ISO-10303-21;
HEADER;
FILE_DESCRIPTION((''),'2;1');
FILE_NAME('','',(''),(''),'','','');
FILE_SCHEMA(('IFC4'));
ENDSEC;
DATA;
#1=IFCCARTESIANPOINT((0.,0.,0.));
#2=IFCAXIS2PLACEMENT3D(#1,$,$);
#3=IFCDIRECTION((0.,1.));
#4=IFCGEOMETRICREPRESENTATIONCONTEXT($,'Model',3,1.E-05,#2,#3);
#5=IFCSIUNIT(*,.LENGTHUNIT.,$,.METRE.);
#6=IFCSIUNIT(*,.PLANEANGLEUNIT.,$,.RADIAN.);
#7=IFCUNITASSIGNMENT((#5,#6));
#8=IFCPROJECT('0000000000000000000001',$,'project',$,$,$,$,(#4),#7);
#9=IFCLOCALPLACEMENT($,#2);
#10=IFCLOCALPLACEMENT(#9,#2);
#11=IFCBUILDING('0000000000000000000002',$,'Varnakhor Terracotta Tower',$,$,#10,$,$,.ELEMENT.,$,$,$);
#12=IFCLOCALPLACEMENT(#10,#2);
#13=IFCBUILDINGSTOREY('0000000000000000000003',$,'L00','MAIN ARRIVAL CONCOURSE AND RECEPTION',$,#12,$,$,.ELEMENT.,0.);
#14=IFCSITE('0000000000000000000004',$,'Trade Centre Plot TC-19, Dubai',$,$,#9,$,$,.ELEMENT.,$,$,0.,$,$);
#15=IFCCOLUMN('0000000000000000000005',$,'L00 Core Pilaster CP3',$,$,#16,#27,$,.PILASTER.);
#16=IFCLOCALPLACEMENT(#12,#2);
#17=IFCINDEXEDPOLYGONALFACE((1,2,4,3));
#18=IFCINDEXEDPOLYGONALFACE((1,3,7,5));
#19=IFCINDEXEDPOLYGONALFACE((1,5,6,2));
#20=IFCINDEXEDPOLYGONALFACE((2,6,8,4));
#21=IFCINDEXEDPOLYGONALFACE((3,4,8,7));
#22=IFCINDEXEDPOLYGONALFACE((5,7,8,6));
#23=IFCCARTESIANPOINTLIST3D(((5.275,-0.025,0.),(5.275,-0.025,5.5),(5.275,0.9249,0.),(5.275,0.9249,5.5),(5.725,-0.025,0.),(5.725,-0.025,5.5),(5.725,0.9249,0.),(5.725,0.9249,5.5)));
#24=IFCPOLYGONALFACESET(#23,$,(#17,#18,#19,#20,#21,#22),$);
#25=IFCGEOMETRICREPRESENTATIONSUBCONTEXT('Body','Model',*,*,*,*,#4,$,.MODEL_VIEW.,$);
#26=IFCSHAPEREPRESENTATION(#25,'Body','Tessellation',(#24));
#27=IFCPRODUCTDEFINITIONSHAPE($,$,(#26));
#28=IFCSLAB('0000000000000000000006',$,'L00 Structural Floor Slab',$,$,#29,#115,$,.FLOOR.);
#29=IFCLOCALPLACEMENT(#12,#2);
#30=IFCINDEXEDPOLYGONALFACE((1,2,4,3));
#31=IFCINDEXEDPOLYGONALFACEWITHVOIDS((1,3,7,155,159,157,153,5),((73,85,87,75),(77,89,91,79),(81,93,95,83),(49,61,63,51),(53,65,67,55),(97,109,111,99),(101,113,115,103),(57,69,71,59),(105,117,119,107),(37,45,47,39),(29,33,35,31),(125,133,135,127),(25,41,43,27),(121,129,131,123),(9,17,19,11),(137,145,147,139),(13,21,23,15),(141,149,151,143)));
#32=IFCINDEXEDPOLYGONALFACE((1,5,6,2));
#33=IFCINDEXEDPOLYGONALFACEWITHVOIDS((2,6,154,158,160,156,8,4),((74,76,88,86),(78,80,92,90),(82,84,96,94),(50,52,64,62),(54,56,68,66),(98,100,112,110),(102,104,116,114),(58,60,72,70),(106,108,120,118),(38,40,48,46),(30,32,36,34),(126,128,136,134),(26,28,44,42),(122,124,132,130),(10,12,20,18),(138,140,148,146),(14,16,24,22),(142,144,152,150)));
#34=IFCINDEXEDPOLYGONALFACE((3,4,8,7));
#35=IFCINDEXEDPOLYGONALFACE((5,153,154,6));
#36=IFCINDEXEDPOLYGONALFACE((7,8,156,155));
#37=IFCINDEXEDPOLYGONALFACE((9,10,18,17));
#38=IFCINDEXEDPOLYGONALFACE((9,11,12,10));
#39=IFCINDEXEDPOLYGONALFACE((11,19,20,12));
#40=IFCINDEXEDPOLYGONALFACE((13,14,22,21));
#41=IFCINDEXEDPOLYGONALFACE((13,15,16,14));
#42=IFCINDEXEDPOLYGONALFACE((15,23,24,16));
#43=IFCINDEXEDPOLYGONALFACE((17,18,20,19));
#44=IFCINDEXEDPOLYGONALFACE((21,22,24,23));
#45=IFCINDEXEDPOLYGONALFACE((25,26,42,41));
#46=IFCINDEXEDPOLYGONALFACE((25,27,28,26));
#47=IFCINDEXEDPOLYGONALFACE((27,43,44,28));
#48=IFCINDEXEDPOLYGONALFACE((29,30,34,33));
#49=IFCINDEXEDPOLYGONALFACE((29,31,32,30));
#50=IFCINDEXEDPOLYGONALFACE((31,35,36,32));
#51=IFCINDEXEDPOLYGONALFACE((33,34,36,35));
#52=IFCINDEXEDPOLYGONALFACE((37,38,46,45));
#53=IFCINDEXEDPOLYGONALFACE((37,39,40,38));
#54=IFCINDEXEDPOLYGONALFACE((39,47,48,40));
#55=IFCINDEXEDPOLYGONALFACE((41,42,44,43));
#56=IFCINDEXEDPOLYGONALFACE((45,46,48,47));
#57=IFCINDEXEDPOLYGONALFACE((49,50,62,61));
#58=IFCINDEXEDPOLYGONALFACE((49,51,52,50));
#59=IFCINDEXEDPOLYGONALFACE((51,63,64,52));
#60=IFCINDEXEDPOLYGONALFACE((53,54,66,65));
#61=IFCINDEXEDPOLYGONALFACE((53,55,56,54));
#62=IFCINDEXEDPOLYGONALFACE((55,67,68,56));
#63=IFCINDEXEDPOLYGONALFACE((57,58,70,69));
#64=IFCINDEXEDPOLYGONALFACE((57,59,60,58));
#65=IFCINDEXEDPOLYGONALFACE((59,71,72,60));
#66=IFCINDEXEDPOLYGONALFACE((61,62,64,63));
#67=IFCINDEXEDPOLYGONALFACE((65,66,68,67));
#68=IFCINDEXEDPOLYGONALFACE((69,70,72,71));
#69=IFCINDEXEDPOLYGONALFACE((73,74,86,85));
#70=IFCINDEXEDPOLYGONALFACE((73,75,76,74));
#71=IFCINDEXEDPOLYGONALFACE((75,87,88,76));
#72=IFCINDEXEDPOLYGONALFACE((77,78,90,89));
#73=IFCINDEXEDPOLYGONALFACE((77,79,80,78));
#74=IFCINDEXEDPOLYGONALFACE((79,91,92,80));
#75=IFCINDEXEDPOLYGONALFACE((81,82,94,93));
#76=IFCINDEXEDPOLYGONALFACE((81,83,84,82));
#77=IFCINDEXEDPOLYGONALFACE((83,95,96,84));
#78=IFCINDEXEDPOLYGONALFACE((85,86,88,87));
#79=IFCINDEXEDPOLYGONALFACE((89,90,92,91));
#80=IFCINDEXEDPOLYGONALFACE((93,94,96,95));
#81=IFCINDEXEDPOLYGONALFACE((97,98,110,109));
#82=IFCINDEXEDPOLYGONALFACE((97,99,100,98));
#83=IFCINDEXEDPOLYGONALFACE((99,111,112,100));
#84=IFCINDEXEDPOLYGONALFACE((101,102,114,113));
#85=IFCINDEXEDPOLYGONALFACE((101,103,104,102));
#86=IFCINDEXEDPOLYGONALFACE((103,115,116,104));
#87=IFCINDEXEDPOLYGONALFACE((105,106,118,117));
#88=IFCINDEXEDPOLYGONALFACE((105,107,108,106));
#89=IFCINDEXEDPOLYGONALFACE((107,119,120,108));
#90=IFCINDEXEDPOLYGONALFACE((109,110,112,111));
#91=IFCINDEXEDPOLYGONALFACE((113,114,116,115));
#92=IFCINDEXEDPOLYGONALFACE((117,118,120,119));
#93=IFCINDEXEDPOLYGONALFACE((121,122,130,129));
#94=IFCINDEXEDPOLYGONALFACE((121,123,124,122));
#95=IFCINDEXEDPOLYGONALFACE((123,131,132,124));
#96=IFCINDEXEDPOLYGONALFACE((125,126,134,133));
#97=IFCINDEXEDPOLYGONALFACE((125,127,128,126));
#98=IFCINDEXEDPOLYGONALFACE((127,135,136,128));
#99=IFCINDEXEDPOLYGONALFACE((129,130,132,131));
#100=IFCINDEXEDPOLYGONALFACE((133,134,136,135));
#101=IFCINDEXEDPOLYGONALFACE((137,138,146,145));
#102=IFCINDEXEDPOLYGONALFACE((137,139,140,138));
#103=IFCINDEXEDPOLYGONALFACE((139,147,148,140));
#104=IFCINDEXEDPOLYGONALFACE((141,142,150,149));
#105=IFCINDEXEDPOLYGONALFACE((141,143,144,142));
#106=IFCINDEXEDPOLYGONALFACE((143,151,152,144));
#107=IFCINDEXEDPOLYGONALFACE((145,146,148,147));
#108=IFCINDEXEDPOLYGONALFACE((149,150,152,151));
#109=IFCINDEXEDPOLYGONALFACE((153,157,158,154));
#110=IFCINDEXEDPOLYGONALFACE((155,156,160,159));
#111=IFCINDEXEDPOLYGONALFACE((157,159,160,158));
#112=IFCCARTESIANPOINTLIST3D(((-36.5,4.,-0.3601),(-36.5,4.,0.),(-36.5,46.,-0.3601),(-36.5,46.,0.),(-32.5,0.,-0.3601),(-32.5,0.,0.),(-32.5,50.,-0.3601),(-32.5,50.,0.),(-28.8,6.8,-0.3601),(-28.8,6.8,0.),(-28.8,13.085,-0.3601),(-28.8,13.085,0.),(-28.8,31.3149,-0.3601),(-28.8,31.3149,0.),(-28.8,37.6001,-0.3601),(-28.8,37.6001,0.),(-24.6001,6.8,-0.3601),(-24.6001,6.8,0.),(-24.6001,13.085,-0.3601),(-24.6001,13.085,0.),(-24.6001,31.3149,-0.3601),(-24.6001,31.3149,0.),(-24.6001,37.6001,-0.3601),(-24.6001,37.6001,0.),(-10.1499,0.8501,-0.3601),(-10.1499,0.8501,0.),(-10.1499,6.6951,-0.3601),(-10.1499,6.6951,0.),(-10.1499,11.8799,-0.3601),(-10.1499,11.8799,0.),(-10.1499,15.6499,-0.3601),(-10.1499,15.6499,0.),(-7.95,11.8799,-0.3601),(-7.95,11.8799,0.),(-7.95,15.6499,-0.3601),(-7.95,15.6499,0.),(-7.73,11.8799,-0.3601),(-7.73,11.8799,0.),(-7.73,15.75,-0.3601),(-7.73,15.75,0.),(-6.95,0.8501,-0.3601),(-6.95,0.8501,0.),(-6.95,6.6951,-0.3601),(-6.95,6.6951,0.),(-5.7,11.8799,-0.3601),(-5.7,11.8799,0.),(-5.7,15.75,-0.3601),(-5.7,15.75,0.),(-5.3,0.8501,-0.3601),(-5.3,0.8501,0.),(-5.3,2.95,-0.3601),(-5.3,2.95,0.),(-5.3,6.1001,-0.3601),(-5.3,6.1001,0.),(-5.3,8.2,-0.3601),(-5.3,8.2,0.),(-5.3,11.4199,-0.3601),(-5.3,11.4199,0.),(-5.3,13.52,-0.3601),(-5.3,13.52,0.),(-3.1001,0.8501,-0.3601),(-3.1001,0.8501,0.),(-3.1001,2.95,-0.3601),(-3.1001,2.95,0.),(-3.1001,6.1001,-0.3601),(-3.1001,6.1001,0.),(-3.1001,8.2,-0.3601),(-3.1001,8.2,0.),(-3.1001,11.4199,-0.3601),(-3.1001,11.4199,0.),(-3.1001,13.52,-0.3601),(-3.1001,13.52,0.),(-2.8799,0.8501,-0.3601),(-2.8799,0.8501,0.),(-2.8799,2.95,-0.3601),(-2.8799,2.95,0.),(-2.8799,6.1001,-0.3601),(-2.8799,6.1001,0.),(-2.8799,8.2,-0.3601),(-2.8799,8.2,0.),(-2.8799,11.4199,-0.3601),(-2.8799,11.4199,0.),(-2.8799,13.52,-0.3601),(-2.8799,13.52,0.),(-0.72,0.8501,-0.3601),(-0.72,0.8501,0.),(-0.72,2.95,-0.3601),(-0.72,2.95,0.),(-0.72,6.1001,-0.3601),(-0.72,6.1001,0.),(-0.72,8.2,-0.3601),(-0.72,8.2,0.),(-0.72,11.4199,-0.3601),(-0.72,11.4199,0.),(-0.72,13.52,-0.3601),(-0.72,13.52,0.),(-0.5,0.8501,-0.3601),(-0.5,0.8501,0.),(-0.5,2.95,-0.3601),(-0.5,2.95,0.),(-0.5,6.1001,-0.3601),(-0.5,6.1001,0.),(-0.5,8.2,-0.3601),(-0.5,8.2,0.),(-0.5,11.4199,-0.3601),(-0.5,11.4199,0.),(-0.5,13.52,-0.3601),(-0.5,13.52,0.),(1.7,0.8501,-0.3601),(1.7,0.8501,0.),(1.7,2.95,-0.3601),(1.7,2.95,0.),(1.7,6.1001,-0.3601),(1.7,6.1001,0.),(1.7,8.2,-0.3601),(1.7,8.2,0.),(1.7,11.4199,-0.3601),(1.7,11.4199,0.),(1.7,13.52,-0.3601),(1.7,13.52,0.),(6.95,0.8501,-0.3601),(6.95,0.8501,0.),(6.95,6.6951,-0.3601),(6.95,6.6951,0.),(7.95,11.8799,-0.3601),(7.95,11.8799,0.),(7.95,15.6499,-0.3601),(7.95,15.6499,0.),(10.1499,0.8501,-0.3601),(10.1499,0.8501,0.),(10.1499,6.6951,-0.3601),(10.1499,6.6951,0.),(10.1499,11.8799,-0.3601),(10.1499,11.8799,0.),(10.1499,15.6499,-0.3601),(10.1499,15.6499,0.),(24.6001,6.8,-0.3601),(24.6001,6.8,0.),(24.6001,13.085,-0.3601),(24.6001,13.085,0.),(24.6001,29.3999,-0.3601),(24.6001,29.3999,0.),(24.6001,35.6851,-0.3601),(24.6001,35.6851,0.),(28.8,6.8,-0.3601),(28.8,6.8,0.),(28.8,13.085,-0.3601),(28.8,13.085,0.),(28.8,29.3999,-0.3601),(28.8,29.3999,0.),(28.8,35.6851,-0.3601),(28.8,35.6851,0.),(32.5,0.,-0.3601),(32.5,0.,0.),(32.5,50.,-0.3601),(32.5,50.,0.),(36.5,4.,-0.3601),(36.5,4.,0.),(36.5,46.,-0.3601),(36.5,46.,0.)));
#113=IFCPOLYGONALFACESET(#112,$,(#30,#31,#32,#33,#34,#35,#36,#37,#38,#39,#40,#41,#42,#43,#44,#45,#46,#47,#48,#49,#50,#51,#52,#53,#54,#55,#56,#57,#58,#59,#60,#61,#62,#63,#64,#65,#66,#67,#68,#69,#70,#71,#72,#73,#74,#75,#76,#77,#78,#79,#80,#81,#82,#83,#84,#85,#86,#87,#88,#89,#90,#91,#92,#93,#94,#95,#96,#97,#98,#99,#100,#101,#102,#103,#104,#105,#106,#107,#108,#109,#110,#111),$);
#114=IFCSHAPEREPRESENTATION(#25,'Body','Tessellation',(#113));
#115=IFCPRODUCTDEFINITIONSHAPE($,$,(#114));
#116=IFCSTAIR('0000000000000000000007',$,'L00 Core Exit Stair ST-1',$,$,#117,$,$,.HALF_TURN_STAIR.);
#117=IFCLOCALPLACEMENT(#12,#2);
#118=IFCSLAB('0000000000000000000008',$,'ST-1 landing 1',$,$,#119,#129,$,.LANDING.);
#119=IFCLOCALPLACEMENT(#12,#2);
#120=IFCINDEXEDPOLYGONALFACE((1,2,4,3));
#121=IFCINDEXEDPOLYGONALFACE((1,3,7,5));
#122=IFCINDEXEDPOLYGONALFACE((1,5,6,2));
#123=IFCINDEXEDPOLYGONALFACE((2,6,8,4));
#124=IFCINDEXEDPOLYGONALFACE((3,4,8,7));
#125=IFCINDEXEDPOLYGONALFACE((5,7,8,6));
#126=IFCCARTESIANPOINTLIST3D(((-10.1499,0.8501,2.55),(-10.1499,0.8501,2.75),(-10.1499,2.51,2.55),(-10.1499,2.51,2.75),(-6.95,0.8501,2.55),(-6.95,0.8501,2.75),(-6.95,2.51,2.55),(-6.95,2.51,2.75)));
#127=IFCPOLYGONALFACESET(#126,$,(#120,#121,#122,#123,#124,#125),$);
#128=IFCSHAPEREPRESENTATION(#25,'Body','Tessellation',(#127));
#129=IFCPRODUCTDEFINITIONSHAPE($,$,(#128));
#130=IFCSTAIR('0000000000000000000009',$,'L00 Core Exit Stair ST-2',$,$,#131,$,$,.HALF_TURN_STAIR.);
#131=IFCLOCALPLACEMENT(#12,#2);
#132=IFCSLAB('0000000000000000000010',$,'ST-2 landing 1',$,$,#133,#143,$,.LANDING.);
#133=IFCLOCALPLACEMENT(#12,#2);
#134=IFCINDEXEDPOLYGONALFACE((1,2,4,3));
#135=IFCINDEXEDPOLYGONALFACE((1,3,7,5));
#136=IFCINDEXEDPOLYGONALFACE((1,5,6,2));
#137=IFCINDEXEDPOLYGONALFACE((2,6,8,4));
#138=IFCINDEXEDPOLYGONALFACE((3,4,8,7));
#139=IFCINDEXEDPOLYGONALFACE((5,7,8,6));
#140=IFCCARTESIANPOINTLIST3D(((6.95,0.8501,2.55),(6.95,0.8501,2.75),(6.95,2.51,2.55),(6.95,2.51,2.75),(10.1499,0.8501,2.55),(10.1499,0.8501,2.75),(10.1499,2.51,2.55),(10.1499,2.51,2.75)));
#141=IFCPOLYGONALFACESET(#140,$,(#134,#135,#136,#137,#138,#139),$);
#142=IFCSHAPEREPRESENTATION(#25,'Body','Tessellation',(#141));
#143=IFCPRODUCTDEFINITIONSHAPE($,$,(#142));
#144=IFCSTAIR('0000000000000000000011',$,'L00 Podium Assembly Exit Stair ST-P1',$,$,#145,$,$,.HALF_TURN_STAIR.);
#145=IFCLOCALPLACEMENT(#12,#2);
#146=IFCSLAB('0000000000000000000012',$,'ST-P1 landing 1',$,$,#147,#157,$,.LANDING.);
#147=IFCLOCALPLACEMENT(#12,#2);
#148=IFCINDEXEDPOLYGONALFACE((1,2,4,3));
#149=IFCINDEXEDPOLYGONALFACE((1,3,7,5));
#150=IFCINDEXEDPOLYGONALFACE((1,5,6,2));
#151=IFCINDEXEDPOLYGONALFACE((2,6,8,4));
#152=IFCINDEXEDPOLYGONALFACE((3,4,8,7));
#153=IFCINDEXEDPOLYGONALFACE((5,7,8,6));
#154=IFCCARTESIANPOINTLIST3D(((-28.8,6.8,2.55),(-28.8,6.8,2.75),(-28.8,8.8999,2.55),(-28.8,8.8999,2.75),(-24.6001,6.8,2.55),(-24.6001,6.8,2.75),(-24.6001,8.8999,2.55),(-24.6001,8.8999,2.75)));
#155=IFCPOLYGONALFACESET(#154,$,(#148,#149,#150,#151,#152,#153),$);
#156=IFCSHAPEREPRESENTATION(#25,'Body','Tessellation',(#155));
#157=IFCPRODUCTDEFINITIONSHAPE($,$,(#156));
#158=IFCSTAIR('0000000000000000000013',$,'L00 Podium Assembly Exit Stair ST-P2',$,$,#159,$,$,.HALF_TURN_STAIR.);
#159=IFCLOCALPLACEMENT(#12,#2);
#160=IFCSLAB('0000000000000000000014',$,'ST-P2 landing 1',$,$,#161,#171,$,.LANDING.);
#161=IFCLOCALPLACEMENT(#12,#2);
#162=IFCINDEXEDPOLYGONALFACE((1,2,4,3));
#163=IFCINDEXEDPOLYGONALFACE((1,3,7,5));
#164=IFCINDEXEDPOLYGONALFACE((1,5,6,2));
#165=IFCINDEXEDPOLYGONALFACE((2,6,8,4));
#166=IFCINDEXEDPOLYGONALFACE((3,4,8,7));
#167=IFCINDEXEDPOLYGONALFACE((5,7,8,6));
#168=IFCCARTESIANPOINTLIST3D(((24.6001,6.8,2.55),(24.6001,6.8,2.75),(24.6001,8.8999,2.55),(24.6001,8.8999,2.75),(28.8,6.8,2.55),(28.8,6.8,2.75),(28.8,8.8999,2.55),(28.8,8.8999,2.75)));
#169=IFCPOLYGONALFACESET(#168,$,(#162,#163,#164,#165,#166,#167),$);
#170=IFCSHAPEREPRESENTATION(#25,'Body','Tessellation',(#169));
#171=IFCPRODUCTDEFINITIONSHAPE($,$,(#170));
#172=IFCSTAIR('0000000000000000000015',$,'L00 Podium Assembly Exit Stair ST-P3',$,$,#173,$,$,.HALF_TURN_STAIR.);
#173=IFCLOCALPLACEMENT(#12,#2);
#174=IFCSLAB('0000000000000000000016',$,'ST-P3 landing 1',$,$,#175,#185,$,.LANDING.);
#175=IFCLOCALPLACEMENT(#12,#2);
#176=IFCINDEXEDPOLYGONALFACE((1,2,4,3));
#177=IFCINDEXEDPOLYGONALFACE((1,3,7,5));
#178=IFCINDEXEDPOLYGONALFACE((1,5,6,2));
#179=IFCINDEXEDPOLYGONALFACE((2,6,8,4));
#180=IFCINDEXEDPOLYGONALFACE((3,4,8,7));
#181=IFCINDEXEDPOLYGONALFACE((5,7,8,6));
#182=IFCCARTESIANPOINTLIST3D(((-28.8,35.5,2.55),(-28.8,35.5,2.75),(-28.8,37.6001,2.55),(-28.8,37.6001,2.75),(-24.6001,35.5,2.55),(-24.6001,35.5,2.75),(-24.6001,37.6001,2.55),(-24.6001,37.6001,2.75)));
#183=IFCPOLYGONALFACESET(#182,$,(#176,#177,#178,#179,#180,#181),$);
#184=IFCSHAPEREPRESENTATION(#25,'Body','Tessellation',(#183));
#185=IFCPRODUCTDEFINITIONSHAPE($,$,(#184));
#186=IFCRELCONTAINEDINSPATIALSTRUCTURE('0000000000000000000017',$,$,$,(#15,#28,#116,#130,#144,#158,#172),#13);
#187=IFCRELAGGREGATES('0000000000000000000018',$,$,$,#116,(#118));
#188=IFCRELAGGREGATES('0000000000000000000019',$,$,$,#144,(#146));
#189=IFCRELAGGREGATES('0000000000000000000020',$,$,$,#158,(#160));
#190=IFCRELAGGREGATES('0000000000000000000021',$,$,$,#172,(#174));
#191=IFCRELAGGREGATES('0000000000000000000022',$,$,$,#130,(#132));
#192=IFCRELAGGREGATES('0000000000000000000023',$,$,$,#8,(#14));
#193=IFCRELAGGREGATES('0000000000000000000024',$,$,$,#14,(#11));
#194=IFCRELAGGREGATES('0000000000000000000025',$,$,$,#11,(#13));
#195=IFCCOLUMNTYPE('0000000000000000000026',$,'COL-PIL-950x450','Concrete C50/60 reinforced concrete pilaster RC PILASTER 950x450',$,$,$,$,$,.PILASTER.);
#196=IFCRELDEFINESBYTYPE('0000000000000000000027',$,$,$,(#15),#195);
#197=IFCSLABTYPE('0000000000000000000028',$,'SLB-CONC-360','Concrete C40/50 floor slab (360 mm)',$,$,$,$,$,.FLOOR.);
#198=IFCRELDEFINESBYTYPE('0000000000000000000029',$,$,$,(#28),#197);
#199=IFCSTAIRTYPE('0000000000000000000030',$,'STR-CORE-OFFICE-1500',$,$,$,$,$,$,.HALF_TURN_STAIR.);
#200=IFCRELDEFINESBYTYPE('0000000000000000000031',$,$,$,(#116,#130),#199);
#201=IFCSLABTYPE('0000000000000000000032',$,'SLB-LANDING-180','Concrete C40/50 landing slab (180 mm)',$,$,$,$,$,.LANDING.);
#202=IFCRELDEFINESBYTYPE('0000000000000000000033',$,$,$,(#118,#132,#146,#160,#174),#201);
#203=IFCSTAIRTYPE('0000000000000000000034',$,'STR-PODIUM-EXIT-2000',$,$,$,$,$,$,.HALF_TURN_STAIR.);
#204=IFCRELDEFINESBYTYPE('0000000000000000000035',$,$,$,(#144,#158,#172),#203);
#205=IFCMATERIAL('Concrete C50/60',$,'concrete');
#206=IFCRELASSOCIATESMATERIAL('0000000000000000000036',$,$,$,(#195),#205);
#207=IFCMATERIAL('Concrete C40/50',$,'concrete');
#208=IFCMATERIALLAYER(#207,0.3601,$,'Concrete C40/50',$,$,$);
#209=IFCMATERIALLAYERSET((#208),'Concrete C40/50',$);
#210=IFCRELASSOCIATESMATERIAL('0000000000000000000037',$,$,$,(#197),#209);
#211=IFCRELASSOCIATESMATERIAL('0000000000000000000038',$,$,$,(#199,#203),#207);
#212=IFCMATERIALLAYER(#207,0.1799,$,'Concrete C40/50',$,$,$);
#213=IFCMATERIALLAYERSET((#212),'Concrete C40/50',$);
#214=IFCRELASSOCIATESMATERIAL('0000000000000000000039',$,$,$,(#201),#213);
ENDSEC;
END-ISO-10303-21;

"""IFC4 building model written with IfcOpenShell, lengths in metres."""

from ifc_helpers import new_model, si_unit, direction, frame, origin, origin_2d, place, context, subcontext, project, spatial, polyline, rectangle, outline, extrude, source, transform, mapped, material, layer, layer_set, material_profile, profile_set, type_object, element, aggregate, save


model = new_model("IFC4")

# Units and contexts
model_context = context("Model", 3, precision=1e-05, world=origin(), true_north=direction((0.0, 1.0)))
body_context = subcontext(model_context, "Body", "Model", "MODEL_VIEW")
ifc_project = project(units=[si_unit("LENGTHUNIT", "METRE"), si_unit("PLANEANGLEUNIT", "RADIAN")], contexts=[model_context])

# Site, building, storey
site_placement = place(None, origin())
site = spatial("IfcSite", under=ifc_project, at=site_placement, Name="Trade Centre Plot TC-19, Dubai", CompositionType="ELEMENT", RefElevation=0.0)
building_placement = place(site_placement, origin())
building = spatial("IfcBuilding", under=site, at=building_placement, Name="Varnakhor Terracotta Tower", CompositionType="ELEMENT")
storey_placement = place(building_placement, origin())
storey = spatial("IfcBuildingStorey", under=building, at=storey_placement, Name="L00", Description="MAIN ARRIVAL CONCOURSE AND RECEPTION", CompositionType="ELEMENT", Elevation=0.0)

# Column
ifc_material_1 = material(Name="Concrete C50/60", Category="concrete")
ifc_material_profile = material_profile(ifc_material_1, rectangle(XDim=0.45, YDim=0.95, at=origin_2d()), Name="RC PILASTER 950x450")
ifc_profile_set = profile_set([ifc_material_profile], Name="Concrete C50/60")
column_type = type_object("IfcColumnType", Name="COL-PIL-950x450", Description="Concrete C50/60 reinforced concrete pilaster RC PILASTER 950x450", PredefinedType="PILASTER", material=ifc_profile_set)
shared_shape_1 = source(origin(), body_context, "Body", "SweptSolid", [
    extrude(rectangle(XDim=0.45, YDim=0.95, at=origin_2d()), origin(), (0.0, 0.0, 1.0), 5.5),
])
column_placement = place(storey_placement, frame((5.5, 0.45, 0.0), z_axis=(0.0, 0.0, 1.0), x_axis=(1.0, 0.0, 0.0)))
element("IfcColumn", 1, at=column_placement, inside=storey, type_object=column_type, Name="L00 Core Pilaster CP3", PredefinedType="PILASTER", context=body_context, shape_type="MappedRepresentation", body=[
    mapped(shared_shape_1, transform((0.0, 0.0, 0.0), scale=1.0)),
])

# Slab
ifc_material_2 = material(Name="Concrete C40/50", Category="concrete")
ifc_layer_1 = layer(ifc_material_2, 0.3601, Name="Concrete C40/50")
ifc_layer_set_1 = layer_set([ifc_layer_1], Name="Concrete C40/50")
slab_type_1 = type_object("IfcSlabType", Name="SLB-CONC-360", Description="Concrete C40/50 floor slab (360 mm)", PredefinedType="FLOOR", material=ifc_layer_set_1)
slab_1_placement = place(storey_placement, frame((0.0, 0.0, -0.3601)))
element("IfcSlab", 2, at=slab_1_placement, inside=storey, type_object=slab_type_1, Name="L00 Structural Floor Slab", PredefinedType="FLOOR", context=body_context, shape_type="SweptSolid", body=[
    extrude(outline(polyline([(-36.5, 4.0), (-36.5, 46.0), (-32.5, 50.0), (32.5, 50.0), (36.5, 46.0), (36.5, 4.0), (32.5, 0.0), (-32.5, 0.0), (-36.5, 4.0)]), holes=[polyline([(-5.3, 0.8501), (-3.1001, 0.8501), (-3.1001, 2.95), (-5.3, 2.95), (-5.3, 0.8501)]), polyline([(-10.1499, 0.8501), (-6.95, 0.8501), (-6.95, 6.6951), (-10.1499, 6.6951), (-10.1499, 0.8501)]), polyline([(-5.3, 6.1001), (-3.1001, 6.1001), (-3.1001, 8.2), (-5.3, 8.2), (-5.3, 6.1001)]), polyline([(-28.8, 6.8), (-24.6001, 6.8), (-24.6001, 13.085), (-28.8, 13.085), (-28.8, 6.8)]), polyline([(-5.3, 11.4199), (-3.1001, 11.4199), (-3.1001, 13.52), (-5.3, 13.52), (-5.3, 11.4199)]), polyline([(-2.8799, 11.4199), (-0.72, 11.4199), (-0.72, 13.52), (-2.8799, 13.52), (-2.8799, 11.4199)]), polyline([(-10.1499, 11.8799), (-7.95, 11.8799), (-7.95, 15.6499), (-10.1499, 15.6499), (-10.1499, 11.8799)]), polyline([(-7.73, 15.75), (-7.73, 11.8799), (-5.7, 11.8799), (-5.7, 15.75), (-7.73, 15.75)]), polyline([(-28.8, 37.6001), (-28.8, 31.3149), (-24.6001, 31.3149), (-24.6001, 37.6001), (-28.8, 37.6001)]), polyline([(-2.8799, 0.8501), (-0.72, 0.8501), (-0.72, 2.95), (-2.8799, 2.95), (-2.8799, 0.8501)]), polyline([(-0.5, 0.8501), (1.7, 0.8501), (1.7, 2.95), (-0.5, 2.95), (-0.5, 0.8501)]), polyline([(6.95, 0.8501), (10.1499, 0.8501), (10.1499, 6.6951), (6.95, 6.6951), (6.95, 0.8501)]), polyline([(-2.8799, 6.1001), (-0.72, 6.1001), (-0.72, 8.2), (-2.8799, 8.2), (-2.8799, 6.1001)]), polyline([(-0.5, 6.1001), (1.7, 6.1001), (1.7, 8.2), (-0.5, 8.2), (-0.5, 6.1001)]), polyline([(24.6001, 6.8), (28.8, 6.8), (28.8, 13.085), (24.6001, 13.085), (24.6001, 6.8)]), polyline([(-0.5, 11.4199), (1.7, 11.4199), (1.7, 13.52), (-0.5, 13.52), (-0.5, 11.4199)]), polyline([(7.95, 15.6499), (7.95, 11.8799), (10.1499, 11.8799), (10.1499, 15.6499), (7.95, 15.6499)]), polyline([(24.6001, 35.6851), (24.6001, 29.3999), (28.8, 29.3999), (28.8, 35.6851), (24.6001, 35.6851)])]), origin(), (0.0, 0.0, 1.0), 0.3601),
])

# Stairs, slabs
stair_type_1 = type_object("IfcStairType", Name="STR-CORE-OFFICE-1500", PredefinedType="HALF_TURN_STAIR", material=ifc_material_2)
stair_1_placement = place(storey_placement, origin())
stair_1 = element("IfcStair", 3, at=stair_1_placement, inside=storey, type_object=stair_type_1, Name="L00 Core Exit Stair ST-1", PredefinedType="HALF_TURN_STAIR")
ifc_layer_2 = layer(ifc_material_2, 0.1799, Name="Concrete C40/50")
ifc_layer_set_2 = layer_set([ifc_layer_2], Name="Concrete C40/50")
slab_type_2 = type_object("IfcSlabType", Name="SLB-LANDING-180", Description="Concrete C40/50 landing slab (180 mm)", PredefinedType="LANDING", material=ifc_layer_set_2)
slab_2_placement = place(storey_placement, frame((0.0, 0.0, 2.55)))
slab_2 = element("IfcSlab", 4, at=slab_2_placement, type_object=slab_type_2, Name="ST-1 landing 1", PredefinedType="LANDING", context=body_context, shape_type="SweptSolid", body=[
    extrude(outline(polyline([(-10.1499, 2.51), (-10.1499, 0.8501), (-6.95, 0.8501), (-6.95, 2.51), (-10.1499, 2.51)])), origin(), (0.0, 0.0, 1.0), 0.2),
])
aggregate(stair_1, [slab_2])
stair_2_placement = place(storey_placement, origin())
stair_2 = element("IfcStair", 5, at=stair_2_placement, inside=storey, type_object=stair_type_1, Name="L00 Core Exit Stair ST-2", PredefinedType="HALF_TURN_STAIR")
slab_3_placement = place(storey_placement, frame((0.0, 0.0, 2.55)))
slab_3 = element("IfcSlab", 6, at=slab_3_placement, type_object=slab_type_2, Name="ST-2 landing 1", PredefinedType="LANDING", context=body_context, shape_type="SweptSolid", body=[
    extrude(outline(polyline([(6.95, 2.51), (6.95, 0.8501), (10.1499, 0.8501), (10.1499, 2.51), (6.95, 2.51)])), origin(), (0.0, 0.0, 1.0), 0.2),
])
stair_type_2 = type_object("IfcStairType", Name="STR-PODIUM-EXIT-2000", PredefinedType="HALF_TURN_STAIR", material=ifc_material_2)
stair_3_placement = place(storey_placement, origin())
stair_3 = element("IfcStair", 7, at=stair_3_placement, inside=storey, type_object=stair_type_2, Name="L00 Podium Assembly Exit Stair ST-P1", PredefinedType="HALF_TURN_STAIR")
slab_4_placement = place(storey_placement, frame((0.0, 0.0, 2.55)))
slab_4 = element("IfcSlab", 8, at=slab_4_placement, type_object=slab_type_2, Name="ST-P1 landing 1", PredefinedType="LANDING", context=body_context, shape_type="SweptSolid", body=[
    extrude(outline(polyline([(-28.8, 8.8999), (-28.8, 6.8), (-24.6001, 6.8), (-24.6001, 8.8999), (-28.8, 8.8999)])), origin(), (0.0, 0.0, 1.0), 0.2),
])
aggregate(stair_3, [slab_4])
stair_4_placement = place(storey_placement, origin())
stair_4 = element("IfcStair", 9, at=stair_4_placement, inside=storey, type_object=stair_type_2, Name="L00 Podium Assembly Exit Stair ST-P2", PredefinedType="HALF_TURN_STAIR")
slab_5_placement = place(storey_placement, frame((0.0, 0.0, 2.55)))
slab_5 = element("IfcSlab", 10, at=slab_5_placement, type_object=slab_type_2, Name="ST-P2 landing 1", PredefinedType="LANDING", context=body_context, shape_type="SweptSolid", body=[
    extrude(outline(polyline([(24.6001, 8.8999), (24.6001, 6.8), (28.8, 6.8), (28.8, 8.8999), (24.6001, 8.8999)])), origin(), (0.0, 0.0, 1.0), 0.2),
])
aggregate(stair_4, [slab_5])
stair_5_placement = place(storey_placement, origin())
stair_5 = element("IfcStair", 11, at=stair_5_placement, inside=storey, type_object=stair_type_2, Name="L00 Podium Assembly Exit Stair ST-P3", PredefinedType="HALF_TURN_STAIR")
slab_6_placement = place(storey_placement, frame((0.0, 0.0, 2.55)))
slab_6 = element("IfcSlab", 12, at=slab_6_placement, type_object=slab_type_2, Name="ST-P3 landing 1", PredefinedType="LANDING", context=body_context, shape_type="SweptSolid", body=[
    extrude(outline(polyline([(-24.6001, 35.5), (-24.6001, 37.6001), (-28.8, 37.6001), (-28.8, 35.5), (-24.6001, 35.5)])), origin(), (0.0, 0.0, 1.0), 0.2),
])
aggregate(stair_5, [slab_6])

aggregate(stair_2, [slab_3])

save(model, "model.ifc")
